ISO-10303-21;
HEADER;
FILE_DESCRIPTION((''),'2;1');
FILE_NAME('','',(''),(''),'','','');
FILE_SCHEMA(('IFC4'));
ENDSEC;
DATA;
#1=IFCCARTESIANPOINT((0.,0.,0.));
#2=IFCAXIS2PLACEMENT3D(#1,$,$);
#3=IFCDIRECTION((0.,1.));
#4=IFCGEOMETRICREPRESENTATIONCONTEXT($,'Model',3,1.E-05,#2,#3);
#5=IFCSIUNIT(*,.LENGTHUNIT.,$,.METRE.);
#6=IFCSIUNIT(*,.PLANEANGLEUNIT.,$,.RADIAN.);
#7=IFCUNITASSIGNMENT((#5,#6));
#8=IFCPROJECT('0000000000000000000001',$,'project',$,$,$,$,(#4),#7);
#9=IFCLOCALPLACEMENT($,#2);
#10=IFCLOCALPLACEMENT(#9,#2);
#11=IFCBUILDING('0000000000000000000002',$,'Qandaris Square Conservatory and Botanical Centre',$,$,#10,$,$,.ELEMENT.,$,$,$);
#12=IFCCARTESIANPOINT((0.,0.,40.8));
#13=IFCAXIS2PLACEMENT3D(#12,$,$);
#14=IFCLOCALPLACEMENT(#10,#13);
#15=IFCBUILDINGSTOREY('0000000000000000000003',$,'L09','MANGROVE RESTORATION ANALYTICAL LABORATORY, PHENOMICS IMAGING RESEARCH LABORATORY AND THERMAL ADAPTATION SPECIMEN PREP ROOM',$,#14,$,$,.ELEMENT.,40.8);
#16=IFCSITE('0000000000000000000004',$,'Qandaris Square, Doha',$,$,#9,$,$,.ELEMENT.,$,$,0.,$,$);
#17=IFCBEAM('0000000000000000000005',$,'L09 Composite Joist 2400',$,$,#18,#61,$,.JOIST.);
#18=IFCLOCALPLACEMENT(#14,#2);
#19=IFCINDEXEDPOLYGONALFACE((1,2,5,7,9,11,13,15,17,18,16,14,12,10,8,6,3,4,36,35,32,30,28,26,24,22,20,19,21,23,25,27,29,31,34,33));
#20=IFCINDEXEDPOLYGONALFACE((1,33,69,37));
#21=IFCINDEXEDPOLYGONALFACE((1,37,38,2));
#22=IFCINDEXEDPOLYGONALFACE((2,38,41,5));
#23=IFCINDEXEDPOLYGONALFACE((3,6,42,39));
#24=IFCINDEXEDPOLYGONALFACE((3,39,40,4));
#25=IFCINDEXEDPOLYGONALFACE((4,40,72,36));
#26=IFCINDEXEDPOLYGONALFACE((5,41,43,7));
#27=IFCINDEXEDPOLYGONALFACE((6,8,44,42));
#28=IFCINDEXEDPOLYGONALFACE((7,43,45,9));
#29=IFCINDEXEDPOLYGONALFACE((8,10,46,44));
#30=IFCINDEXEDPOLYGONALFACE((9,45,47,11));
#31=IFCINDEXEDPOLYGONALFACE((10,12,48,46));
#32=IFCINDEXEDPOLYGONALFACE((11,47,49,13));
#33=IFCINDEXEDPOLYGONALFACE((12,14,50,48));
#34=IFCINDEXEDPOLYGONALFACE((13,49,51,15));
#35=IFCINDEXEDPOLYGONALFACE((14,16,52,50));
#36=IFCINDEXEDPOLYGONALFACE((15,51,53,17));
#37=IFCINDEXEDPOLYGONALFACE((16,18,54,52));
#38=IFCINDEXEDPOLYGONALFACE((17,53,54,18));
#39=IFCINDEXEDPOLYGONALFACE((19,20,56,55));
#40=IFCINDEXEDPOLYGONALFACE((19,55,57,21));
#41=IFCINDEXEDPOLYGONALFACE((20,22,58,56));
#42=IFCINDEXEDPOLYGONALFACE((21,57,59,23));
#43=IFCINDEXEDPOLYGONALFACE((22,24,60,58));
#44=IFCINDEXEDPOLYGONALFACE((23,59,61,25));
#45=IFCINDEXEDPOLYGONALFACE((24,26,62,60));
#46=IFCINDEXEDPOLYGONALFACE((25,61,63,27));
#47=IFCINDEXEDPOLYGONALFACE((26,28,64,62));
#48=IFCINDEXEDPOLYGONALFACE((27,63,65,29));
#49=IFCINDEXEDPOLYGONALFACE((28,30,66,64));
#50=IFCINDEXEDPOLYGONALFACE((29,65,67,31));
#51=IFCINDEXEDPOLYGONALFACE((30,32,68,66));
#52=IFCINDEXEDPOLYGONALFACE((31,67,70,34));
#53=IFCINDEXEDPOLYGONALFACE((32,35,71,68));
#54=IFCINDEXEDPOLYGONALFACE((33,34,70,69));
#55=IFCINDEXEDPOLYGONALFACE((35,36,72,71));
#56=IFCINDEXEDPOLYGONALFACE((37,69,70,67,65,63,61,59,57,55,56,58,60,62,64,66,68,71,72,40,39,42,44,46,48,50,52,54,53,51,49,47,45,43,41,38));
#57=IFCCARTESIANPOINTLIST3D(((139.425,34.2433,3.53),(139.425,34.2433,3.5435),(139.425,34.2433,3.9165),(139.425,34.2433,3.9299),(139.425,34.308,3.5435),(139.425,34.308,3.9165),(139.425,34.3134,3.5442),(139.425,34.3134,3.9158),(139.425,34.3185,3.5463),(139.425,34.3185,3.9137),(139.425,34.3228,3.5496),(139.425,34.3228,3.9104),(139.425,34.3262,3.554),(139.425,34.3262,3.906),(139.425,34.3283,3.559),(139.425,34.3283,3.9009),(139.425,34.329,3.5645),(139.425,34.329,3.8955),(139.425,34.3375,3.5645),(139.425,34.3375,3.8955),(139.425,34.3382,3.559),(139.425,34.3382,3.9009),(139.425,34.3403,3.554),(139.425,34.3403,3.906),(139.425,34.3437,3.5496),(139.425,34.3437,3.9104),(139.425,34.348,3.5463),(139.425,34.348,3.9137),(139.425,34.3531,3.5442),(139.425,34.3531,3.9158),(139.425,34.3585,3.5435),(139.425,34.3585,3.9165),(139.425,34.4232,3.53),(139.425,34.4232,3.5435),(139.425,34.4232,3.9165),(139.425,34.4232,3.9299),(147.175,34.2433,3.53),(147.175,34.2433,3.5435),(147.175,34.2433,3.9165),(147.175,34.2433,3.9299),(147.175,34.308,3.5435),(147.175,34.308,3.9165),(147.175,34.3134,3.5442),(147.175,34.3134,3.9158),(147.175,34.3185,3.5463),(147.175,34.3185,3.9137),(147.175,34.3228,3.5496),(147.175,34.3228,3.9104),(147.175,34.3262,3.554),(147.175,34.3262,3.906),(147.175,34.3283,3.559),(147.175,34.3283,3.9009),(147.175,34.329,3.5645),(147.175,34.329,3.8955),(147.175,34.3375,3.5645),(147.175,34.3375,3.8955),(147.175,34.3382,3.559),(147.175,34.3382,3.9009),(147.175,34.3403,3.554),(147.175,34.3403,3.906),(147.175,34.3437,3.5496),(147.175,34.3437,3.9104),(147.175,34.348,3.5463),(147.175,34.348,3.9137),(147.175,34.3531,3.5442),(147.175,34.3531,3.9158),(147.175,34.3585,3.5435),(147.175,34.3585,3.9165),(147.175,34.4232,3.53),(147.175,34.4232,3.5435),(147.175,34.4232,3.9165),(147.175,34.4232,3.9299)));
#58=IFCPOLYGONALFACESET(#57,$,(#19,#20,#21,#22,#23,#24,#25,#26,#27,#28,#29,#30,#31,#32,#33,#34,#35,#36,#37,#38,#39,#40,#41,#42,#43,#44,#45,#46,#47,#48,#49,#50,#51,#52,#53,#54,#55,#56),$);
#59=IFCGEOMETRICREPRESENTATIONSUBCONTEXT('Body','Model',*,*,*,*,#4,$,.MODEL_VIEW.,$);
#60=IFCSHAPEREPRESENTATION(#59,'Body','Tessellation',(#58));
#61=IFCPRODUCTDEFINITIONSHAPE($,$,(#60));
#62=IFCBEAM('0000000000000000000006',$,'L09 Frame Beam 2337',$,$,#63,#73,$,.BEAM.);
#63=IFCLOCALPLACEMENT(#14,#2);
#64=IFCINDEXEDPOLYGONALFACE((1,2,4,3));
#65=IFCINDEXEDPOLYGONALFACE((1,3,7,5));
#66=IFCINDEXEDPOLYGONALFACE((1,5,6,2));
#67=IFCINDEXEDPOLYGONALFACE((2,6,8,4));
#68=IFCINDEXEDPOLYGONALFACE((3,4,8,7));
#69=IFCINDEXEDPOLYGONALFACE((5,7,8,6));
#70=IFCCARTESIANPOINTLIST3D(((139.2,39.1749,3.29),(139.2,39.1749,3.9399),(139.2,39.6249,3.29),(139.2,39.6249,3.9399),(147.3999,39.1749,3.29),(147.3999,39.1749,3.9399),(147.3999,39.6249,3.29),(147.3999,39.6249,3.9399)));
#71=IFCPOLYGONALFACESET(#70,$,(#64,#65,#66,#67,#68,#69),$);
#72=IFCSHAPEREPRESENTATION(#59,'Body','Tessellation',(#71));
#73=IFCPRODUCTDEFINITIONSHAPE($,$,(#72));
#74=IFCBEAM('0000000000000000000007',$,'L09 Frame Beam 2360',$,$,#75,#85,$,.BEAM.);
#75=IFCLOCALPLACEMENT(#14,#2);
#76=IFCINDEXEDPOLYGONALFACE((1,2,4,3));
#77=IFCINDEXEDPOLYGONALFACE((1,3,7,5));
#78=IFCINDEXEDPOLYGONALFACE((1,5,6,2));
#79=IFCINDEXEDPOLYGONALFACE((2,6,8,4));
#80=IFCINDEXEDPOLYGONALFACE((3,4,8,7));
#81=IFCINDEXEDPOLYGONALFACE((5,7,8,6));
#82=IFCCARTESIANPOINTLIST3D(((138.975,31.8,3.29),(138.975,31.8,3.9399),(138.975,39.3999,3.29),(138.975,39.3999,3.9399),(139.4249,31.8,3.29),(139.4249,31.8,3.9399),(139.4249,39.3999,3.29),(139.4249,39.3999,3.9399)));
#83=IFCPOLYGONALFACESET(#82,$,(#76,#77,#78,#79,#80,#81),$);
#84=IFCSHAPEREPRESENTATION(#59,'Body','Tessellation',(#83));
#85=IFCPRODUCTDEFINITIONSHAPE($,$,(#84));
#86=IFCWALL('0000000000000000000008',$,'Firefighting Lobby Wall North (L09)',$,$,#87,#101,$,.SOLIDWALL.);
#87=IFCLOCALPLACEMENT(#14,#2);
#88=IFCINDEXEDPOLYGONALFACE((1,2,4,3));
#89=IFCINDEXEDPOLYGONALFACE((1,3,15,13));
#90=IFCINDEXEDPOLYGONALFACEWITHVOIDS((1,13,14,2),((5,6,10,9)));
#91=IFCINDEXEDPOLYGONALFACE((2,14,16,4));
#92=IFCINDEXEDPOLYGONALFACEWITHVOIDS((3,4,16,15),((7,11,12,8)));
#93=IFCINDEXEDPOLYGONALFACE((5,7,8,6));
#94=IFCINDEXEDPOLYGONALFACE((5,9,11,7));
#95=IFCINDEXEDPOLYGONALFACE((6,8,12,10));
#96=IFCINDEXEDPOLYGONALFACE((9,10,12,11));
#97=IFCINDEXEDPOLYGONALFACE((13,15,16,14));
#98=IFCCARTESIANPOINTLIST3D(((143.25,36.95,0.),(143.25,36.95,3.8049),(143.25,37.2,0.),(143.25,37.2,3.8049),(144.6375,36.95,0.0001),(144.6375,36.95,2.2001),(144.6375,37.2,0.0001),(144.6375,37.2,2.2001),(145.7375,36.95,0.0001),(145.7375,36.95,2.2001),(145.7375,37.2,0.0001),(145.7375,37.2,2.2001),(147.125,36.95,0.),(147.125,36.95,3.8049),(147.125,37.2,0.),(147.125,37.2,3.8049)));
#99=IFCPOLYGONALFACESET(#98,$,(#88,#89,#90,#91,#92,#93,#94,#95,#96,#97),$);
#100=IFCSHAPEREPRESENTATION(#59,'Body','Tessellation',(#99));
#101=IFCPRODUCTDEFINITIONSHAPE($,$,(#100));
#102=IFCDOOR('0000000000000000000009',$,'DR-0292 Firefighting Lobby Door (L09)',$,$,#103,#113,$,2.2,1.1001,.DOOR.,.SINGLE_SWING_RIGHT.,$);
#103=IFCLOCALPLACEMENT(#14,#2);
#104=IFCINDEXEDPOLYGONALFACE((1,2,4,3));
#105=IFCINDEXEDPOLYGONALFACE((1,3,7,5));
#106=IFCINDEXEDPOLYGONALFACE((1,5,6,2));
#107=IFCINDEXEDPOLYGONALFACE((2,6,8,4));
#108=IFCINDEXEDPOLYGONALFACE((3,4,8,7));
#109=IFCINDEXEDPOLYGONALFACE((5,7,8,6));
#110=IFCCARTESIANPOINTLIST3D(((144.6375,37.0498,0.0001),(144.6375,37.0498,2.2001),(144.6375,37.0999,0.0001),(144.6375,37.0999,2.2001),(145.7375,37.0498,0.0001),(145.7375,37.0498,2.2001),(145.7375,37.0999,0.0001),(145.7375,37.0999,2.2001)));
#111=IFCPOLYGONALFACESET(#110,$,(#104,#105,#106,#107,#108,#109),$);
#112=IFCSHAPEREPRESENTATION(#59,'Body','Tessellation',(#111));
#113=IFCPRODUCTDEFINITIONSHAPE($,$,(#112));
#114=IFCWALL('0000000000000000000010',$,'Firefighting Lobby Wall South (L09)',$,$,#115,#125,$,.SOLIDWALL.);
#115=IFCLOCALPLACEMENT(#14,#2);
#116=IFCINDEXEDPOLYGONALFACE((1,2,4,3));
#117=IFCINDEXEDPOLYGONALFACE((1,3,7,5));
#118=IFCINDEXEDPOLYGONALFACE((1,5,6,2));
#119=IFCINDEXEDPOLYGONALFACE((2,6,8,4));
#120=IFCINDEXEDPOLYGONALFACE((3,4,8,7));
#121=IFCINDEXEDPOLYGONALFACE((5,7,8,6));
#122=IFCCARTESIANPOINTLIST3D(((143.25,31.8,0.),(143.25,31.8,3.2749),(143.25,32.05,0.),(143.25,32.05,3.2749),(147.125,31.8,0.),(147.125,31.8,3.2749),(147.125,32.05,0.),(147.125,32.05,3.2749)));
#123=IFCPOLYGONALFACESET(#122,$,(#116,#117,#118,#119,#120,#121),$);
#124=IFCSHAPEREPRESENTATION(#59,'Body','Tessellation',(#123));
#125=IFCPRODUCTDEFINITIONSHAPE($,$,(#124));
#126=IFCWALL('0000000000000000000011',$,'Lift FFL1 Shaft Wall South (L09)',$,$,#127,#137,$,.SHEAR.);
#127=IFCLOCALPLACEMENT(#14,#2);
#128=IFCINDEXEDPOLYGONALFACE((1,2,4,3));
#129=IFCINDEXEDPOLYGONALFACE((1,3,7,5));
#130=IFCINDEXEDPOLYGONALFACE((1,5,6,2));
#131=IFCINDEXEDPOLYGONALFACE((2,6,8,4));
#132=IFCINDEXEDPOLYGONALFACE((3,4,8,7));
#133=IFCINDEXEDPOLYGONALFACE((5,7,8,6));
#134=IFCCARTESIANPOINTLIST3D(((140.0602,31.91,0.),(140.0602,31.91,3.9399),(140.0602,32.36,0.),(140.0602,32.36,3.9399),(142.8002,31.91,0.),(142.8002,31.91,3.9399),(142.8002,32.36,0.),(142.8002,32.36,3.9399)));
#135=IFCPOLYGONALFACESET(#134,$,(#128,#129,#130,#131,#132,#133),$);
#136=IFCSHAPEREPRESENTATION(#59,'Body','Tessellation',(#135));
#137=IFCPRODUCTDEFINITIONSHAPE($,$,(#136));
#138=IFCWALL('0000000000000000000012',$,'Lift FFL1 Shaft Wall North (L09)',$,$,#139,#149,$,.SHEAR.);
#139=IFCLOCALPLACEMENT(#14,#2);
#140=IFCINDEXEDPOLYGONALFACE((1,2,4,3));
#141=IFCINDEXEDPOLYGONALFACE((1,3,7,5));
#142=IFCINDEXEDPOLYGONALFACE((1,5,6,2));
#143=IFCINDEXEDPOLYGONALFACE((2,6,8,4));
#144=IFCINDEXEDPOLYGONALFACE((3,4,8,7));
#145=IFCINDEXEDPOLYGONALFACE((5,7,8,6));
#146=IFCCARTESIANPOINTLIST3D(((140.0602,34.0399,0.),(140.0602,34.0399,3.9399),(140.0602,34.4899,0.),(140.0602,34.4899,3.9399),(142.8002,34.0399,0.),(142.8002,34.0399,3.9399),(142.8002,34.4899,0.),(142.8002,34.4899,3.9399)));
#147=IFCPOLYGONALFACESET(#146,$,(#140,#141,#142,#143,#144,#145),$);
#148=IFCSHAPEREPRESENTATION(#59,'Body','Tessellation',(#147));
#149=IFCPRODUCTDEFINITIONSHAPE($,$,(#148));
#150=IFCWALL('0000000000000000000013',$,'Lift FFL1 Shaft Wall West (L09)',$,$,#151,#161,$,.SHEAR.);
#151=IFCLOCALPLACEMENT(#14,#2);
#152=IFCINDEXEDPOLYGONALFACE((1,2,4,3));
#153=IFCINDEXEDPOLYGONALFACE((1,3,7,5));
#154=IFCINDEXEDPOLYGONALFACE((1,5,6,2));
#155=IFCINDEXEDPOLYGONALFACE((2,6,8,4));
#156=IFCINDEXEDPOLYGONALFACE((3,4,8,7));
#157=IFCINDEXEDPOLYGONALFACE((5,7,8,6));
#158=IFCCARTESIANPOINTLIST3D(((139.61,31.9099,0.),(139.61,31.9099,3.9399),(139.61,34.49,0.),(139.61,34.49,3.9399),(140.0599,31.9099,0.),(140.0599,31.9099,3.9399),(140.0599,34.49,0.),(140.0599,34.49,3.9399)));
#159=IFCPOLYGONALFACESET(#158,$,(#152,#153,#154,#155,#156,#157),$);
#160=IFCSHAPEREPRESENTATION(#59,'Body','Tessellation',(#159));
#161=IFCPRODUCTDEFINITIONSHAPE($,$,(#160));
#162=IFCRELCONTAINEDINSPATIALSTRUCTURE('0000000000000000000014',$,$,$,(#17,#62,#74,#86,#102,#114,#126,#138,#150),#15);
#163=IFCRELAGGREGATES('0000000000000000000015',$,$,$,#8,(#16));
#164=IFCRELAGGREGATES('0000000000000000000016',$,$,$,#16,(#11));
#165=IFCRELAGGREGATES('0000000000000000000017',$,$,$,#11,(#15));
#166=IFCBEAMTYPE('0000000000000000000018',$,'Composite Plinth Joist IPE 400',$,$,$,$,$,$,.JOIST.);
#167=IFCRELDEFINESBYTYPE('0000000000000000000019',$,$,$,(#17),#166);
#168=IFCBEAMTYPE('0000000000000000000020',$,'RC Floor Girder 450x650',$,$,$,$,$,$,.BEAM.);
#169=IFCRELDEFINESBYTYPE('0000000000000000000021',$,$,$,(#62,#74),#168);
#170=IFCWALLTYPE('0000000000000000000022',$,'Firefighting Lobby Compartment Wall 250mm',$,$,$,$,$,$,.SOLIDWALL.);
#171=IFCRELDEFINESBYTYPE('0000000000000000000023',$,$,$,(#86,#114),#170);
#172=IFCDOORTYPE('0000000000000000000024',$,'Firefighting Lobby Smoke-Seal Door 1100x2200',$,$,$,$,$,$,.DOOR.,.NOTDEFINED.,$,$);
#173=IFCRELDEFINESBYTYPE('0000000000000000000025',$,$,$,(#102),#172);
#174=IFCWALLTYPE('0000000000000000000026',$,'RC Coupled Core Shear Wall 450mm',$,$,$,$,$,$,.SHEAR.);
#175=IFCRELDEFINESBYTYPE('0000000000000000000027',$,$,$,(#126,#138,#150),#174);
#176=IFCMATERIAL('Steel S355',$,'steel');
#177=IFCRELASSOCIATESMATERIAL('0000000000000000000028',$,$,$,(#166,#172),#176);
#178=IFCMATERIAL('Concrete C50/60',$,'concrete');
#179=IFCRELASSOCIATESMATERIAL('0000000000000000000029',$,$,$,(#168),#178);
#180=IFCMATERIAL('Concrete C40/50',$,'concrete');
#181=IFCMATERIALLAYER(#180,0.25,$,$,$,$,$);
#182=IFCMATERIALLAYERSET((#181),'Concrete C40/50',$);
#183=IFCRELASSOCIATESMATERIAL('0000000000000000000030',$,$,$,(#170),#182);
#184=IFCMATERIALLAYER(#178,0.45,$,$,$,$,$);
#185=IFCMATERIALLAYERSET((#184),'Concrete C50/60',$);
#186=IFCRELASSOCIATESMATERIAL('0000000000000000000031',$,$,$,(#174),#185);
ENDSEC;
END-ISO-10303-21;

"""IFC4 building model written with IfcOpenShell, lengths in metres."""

from ifc_helpers import new_model, si_unit, direction, frame, frame_2d, origin, origin_2d, place, context, subcontext, project, spatial, rectangle, i_section, extrude, material, layer, layer_set, material_profile, profile_set, type_object, element, fill, save


model = new_model("IFC4")

# Units and contexts
model_context = context("Model", 3, precision=1e-05, world=origin(), true_north=direction((0.0, 1.0)))
body_context = subcontext(model_context, "Body", "Model", "MODEL_VIEW")
ifc_project = project(units=[si_unit("LENGTHUNIT", "METRE"), si_unit("PLANEANGLEUNIT", "RADIAN")], contexts=[model_context])

# Site, building, storey
site_placement = place(None, origin())
site = spatial("IfcSite", under=ifc_project, at=site_placement, Name="Qandaris Square, Doha", CompositionType="ELEMENT", RefElevation=0.0)
building_placement = place(site_placement, origin())
building = spatial("IfcBuilding", under=site, at=building_placement, Name="Qandaris Square Conservatory and Botanical Centre", CompositionType="ELEMENT")
storey_placement = place(building_placement, frame((0.0, 0.0, 40.8)))
storey = spatial("IfcBuildingStorey", under=building, at=storey_placement, Name="L09", Description="MANGROVE RESTORATION ANALYTICAL LABORATORY, PHENOMICS IMAGING RESEARCH LABORATORY AND THERMAL ADAPTATION SPECIMEN PREP ROOM", CompositionType="ELEMENT", Elevation=40.8)

# Beams
ifc_material_1 = material(Name="Steel S355", Category="steel")
ifc_material_profile_1 = material_profile(ifc_material_1, i_section(OverallWidth=0.1799, OverallDepth=0.3999, WebThickness=0.0085, FlangeThickness=0.0134, FilletRadius=0.021, at=origin_2d()), Name="IPE 400")
ifc_profile_set_1 = profile_set([ifc_material_profile_1], Name="Steel S355")
beam_type_1 = type_object("IfcBeamType", Name="Composite Plinth Joist IPE 400", PredefinedType="JOIST", material=ifc_profile_set_1)
beam_1_placement = place(storey_placement, frame((139.425, 34.3333, 3.73), z_axis=(1.0, 0.0, 0.0), x_axis=(0.0, 1.0, 0.0)))
element("IfcBeam", 1, at=beam_1_placement, inside=storey, type_object=beam_type_1, Name="L09 Composite Joist 2400", PredefinedType="JOIST", context=body_context, shape_type="SweptSolid", body=[
    extrude(i_section(OverallWidth=0.1799, OverallDepth=0.3999, WebThickness=0.0085, FlangeThickness=0.0134, FilletRadius=0.021, at=origin_2d()), origin(), (0.0, 0.0, 1.0), 7.75),
])
ifc_material_2 = material(Name="Concrete C50/60", Category="concrete")
ifc_material_profile_2 = material_profile(ifc_material_2, rectangle(XDim=0.45, YDim=0.6499, at=origin_2d()), Name="RC-BM 450x650")
ifc_profile_set_2 = profile_set([ifc_material_profile_2], Name="Concrete C50/60")
beam_type_2 = type_object("IfcBeamType", Name="RC Floor Girder 450x650", PredefinedType="BEAM", material=ifc_profile_set_2)
beam_2_placement = place(storey_placement, frame((139.2, 39.3999, 3.615), z_axis=(1.0, 0.0, 0.0), x_axis=(0.0, 1.0, 0.0)))
element("IfcBeam", 2, at=beam_2_placement, inside=storey, type_object=beam_type_2, Name="L09 Frame Beam 2337", PredefinedType="BEAM", context=body_context, shape_type="SweptSolid", body=[
    extrude(rectangle(XDim=0.45, YDim=0.6499, at=origin_2d()), origin(), (0.0, 0.0, 1.0), 8.2),
])
beam_3_placement = place(storey_placement, frame((139.2, 31.8, 3.615), z_axis=(0.0, 1.0, 0.0), x_axis=(-1.0, 0.0, 0.0)))
element("IfcBeam", 3, at=beam_3_placement, inside=storey, type_object=beam_type_2, Name="L09 Frame Beam 2360", PredefinedType="BEAM", context=body_context, shape_type="SweptSolid", body=[
    extrude(rectangle(XDim=0.45, YDim=0.6499, at=origin_2d()), origin(), (0.0, 0.0, 1.0), 7.5999),
])

# Wall, opening, door
ifc_material_3 = material(Name="Concrete C40/50", Category="concrete")
ifc_layer_1 = layer(ifc_material_3, 0.25)
ifc_layer_set_1 = layer_set([ifc_layer_1], Name="Concrete C40/50")
wall_type_1 = type_object("IfcWallType", Name="Firefighting Lobby Compartment Wall 250mm", PredefinedType="SOLIDWALL", material=ifc_layer_set_1)
wall_1_placement = place(storey_placement, frame((143.25, 37.075, 0.0), z_axis=(0.0, 0.0, 1.0), x_axis=(1.0, 0.0, 0.0)))
wall_1 = element("IfcWall", 4, at=wall_1_placement, inside=storey, type_object=wall_type_1, Name="Firefighting Lobby Wall North (L09)", PredefinedType="SOLIDWALL", context=body_context, shape_type="SweptSolid", body=[
    extrude(rectangle(XDim=3.875, YDim=0.25, at=frame_2d((1.9375, 0.0))), origin(), (0.0, 0.0, 1.0), 3.8049),
])
opening_1_placement = place(wall_1_placement, frame((1.3875, 0.0, 0.0)))
opening_1 = element("IfcOpeningElement", 5, at=opening_1_placement, cuts=wall_1, PredefinedType="OPENING", context=body_context, shape_type="SweptSolid", body=[
    extrude(rectangle(XDim=1.1001, YDim=2.2, at=frame_2d((0.55, 1.1001))), frame((0.0, 0.137, 0.0), z_axis=(0.0, -1.0, 0.0), x_axis=(1.0, 0.0, 0.0)), (0.0, 0.0, 1.0), 0.2739),
])
door_type_1 = type_object("IfcDoorType", Name="Firefighting Lobby Smoke-Seal Door 1100x2200", OperationType="NOTDEFINED", PredefinedType="DOOR", material=ifc_material_1)
door_1_placement = place(opening_1_placement, origin())
door_1 = element("IfcDoor", 6, at=door_1_placement, inside=storey, type_object=door_type_1, Name="DR-0292 Firefighting Lobby Door (L09)", OperationType="SINGLE_SWING_RIGHT", OverallHeight=2.2, OverallWidth=1.1001, PredefinedType="DOOR", context=body_context, shape_type="SweptSolid", body=[
    extrude(rectangle(XDim=1.1001, YDim=2.2, at=frame_2d((0.55, 1.1001))), frame((0.0, 0.0249, 0.0), z_axis=(0.0, -1.0, 0.0), x_axis=(1.0, 0.0, 0.0)), (0.0, 0.0, 1.0), 0.05),
])
fill(opening_1, door_1)

# Walls
wall_2_placement = place(storey_placement, frame((143.25, 31.925, 0.0), z_axis=(0.0, 0.0, 1.0), x_axis=(1.0, 0.0, 0.0)))
element("IfcWall", 7, at=wall_2_placement, inside=storey, type_object=wall_type_1, Name="Firefighting Lobby Wall South (L09)", PredefinedType="SOLIDWALL", context=body_context, shape_type="SweptSolid", body=[
    extrude(rectangle(XDim=3.875, YDim=0.25, at=frame_2d((1.9375, 0.0))), origin(), (0.0, 0.0, 1.0), 3.2749),
])
ifc_layer_2 = layer(ifc_material_2, 0.45)
ifc_layer_set_2 = layer_set([ifc_layer_2], Name="Concrete C50/60")
wall_type_2 = type_object("IfcWallType", Name="RC Coupled Core Shear Wall 450mm", PredefinedType="SHEAR", material=ifc_layer_set_2)
for number, where, z_axis, x_axis, name in (
    (8, (140.0601, 32.135, 0.0), (0.0, 0.0, 1.0), (1.0, 0.0, 0.0), "Lift FFL1 Shaft Wall South (L09)"),
    (9, (140.0601, 34.2649, 0.0), (0.0, 0.0, 1.0), (1.0, 0.0, 0.0), "Lift FFL1 Shaft Wall North (L09)"),
):
    element("IfcWall", number, at=place(storey_placement, frame(where, z_axis=z_axis, x_axis=x_axis)), inside=storey, type_object=wall_type_2, Name=name, PredefinedType="SHEAR", context=body_context, shape_type="SweptSolid", body=[
        extrude(rectangle(XDim=2.74, YDim=0.45, at=frame_2d((1.3701, 0.0))), origin(), (0.0, 0.0, 1.0), 3.9399),
    ])
wall_3_placement = place(storey_placement, frame((139.835, 31.9099, 0.0), z_axis=(0.0, 0.0, 1.0), x_axis=(0.0, 1.0, 0.0)))
element("IfcWall", 10, at=wall_3_placement, inside=storey, type_object=wall_type_2, Name="Lift FFL1 Shaft Wall West (L09)", PredefinedType="SHEAR", context=body_context, shape_type="SweptSolid", body=[
    extrude(rectangle(XDim=2.5801, YDim=0.45, at=frame_2d((1.29, 0.0))), origin(), (0.0, 0.0, 1.0), 3.9399),
])

save(model, "model.ifc")
